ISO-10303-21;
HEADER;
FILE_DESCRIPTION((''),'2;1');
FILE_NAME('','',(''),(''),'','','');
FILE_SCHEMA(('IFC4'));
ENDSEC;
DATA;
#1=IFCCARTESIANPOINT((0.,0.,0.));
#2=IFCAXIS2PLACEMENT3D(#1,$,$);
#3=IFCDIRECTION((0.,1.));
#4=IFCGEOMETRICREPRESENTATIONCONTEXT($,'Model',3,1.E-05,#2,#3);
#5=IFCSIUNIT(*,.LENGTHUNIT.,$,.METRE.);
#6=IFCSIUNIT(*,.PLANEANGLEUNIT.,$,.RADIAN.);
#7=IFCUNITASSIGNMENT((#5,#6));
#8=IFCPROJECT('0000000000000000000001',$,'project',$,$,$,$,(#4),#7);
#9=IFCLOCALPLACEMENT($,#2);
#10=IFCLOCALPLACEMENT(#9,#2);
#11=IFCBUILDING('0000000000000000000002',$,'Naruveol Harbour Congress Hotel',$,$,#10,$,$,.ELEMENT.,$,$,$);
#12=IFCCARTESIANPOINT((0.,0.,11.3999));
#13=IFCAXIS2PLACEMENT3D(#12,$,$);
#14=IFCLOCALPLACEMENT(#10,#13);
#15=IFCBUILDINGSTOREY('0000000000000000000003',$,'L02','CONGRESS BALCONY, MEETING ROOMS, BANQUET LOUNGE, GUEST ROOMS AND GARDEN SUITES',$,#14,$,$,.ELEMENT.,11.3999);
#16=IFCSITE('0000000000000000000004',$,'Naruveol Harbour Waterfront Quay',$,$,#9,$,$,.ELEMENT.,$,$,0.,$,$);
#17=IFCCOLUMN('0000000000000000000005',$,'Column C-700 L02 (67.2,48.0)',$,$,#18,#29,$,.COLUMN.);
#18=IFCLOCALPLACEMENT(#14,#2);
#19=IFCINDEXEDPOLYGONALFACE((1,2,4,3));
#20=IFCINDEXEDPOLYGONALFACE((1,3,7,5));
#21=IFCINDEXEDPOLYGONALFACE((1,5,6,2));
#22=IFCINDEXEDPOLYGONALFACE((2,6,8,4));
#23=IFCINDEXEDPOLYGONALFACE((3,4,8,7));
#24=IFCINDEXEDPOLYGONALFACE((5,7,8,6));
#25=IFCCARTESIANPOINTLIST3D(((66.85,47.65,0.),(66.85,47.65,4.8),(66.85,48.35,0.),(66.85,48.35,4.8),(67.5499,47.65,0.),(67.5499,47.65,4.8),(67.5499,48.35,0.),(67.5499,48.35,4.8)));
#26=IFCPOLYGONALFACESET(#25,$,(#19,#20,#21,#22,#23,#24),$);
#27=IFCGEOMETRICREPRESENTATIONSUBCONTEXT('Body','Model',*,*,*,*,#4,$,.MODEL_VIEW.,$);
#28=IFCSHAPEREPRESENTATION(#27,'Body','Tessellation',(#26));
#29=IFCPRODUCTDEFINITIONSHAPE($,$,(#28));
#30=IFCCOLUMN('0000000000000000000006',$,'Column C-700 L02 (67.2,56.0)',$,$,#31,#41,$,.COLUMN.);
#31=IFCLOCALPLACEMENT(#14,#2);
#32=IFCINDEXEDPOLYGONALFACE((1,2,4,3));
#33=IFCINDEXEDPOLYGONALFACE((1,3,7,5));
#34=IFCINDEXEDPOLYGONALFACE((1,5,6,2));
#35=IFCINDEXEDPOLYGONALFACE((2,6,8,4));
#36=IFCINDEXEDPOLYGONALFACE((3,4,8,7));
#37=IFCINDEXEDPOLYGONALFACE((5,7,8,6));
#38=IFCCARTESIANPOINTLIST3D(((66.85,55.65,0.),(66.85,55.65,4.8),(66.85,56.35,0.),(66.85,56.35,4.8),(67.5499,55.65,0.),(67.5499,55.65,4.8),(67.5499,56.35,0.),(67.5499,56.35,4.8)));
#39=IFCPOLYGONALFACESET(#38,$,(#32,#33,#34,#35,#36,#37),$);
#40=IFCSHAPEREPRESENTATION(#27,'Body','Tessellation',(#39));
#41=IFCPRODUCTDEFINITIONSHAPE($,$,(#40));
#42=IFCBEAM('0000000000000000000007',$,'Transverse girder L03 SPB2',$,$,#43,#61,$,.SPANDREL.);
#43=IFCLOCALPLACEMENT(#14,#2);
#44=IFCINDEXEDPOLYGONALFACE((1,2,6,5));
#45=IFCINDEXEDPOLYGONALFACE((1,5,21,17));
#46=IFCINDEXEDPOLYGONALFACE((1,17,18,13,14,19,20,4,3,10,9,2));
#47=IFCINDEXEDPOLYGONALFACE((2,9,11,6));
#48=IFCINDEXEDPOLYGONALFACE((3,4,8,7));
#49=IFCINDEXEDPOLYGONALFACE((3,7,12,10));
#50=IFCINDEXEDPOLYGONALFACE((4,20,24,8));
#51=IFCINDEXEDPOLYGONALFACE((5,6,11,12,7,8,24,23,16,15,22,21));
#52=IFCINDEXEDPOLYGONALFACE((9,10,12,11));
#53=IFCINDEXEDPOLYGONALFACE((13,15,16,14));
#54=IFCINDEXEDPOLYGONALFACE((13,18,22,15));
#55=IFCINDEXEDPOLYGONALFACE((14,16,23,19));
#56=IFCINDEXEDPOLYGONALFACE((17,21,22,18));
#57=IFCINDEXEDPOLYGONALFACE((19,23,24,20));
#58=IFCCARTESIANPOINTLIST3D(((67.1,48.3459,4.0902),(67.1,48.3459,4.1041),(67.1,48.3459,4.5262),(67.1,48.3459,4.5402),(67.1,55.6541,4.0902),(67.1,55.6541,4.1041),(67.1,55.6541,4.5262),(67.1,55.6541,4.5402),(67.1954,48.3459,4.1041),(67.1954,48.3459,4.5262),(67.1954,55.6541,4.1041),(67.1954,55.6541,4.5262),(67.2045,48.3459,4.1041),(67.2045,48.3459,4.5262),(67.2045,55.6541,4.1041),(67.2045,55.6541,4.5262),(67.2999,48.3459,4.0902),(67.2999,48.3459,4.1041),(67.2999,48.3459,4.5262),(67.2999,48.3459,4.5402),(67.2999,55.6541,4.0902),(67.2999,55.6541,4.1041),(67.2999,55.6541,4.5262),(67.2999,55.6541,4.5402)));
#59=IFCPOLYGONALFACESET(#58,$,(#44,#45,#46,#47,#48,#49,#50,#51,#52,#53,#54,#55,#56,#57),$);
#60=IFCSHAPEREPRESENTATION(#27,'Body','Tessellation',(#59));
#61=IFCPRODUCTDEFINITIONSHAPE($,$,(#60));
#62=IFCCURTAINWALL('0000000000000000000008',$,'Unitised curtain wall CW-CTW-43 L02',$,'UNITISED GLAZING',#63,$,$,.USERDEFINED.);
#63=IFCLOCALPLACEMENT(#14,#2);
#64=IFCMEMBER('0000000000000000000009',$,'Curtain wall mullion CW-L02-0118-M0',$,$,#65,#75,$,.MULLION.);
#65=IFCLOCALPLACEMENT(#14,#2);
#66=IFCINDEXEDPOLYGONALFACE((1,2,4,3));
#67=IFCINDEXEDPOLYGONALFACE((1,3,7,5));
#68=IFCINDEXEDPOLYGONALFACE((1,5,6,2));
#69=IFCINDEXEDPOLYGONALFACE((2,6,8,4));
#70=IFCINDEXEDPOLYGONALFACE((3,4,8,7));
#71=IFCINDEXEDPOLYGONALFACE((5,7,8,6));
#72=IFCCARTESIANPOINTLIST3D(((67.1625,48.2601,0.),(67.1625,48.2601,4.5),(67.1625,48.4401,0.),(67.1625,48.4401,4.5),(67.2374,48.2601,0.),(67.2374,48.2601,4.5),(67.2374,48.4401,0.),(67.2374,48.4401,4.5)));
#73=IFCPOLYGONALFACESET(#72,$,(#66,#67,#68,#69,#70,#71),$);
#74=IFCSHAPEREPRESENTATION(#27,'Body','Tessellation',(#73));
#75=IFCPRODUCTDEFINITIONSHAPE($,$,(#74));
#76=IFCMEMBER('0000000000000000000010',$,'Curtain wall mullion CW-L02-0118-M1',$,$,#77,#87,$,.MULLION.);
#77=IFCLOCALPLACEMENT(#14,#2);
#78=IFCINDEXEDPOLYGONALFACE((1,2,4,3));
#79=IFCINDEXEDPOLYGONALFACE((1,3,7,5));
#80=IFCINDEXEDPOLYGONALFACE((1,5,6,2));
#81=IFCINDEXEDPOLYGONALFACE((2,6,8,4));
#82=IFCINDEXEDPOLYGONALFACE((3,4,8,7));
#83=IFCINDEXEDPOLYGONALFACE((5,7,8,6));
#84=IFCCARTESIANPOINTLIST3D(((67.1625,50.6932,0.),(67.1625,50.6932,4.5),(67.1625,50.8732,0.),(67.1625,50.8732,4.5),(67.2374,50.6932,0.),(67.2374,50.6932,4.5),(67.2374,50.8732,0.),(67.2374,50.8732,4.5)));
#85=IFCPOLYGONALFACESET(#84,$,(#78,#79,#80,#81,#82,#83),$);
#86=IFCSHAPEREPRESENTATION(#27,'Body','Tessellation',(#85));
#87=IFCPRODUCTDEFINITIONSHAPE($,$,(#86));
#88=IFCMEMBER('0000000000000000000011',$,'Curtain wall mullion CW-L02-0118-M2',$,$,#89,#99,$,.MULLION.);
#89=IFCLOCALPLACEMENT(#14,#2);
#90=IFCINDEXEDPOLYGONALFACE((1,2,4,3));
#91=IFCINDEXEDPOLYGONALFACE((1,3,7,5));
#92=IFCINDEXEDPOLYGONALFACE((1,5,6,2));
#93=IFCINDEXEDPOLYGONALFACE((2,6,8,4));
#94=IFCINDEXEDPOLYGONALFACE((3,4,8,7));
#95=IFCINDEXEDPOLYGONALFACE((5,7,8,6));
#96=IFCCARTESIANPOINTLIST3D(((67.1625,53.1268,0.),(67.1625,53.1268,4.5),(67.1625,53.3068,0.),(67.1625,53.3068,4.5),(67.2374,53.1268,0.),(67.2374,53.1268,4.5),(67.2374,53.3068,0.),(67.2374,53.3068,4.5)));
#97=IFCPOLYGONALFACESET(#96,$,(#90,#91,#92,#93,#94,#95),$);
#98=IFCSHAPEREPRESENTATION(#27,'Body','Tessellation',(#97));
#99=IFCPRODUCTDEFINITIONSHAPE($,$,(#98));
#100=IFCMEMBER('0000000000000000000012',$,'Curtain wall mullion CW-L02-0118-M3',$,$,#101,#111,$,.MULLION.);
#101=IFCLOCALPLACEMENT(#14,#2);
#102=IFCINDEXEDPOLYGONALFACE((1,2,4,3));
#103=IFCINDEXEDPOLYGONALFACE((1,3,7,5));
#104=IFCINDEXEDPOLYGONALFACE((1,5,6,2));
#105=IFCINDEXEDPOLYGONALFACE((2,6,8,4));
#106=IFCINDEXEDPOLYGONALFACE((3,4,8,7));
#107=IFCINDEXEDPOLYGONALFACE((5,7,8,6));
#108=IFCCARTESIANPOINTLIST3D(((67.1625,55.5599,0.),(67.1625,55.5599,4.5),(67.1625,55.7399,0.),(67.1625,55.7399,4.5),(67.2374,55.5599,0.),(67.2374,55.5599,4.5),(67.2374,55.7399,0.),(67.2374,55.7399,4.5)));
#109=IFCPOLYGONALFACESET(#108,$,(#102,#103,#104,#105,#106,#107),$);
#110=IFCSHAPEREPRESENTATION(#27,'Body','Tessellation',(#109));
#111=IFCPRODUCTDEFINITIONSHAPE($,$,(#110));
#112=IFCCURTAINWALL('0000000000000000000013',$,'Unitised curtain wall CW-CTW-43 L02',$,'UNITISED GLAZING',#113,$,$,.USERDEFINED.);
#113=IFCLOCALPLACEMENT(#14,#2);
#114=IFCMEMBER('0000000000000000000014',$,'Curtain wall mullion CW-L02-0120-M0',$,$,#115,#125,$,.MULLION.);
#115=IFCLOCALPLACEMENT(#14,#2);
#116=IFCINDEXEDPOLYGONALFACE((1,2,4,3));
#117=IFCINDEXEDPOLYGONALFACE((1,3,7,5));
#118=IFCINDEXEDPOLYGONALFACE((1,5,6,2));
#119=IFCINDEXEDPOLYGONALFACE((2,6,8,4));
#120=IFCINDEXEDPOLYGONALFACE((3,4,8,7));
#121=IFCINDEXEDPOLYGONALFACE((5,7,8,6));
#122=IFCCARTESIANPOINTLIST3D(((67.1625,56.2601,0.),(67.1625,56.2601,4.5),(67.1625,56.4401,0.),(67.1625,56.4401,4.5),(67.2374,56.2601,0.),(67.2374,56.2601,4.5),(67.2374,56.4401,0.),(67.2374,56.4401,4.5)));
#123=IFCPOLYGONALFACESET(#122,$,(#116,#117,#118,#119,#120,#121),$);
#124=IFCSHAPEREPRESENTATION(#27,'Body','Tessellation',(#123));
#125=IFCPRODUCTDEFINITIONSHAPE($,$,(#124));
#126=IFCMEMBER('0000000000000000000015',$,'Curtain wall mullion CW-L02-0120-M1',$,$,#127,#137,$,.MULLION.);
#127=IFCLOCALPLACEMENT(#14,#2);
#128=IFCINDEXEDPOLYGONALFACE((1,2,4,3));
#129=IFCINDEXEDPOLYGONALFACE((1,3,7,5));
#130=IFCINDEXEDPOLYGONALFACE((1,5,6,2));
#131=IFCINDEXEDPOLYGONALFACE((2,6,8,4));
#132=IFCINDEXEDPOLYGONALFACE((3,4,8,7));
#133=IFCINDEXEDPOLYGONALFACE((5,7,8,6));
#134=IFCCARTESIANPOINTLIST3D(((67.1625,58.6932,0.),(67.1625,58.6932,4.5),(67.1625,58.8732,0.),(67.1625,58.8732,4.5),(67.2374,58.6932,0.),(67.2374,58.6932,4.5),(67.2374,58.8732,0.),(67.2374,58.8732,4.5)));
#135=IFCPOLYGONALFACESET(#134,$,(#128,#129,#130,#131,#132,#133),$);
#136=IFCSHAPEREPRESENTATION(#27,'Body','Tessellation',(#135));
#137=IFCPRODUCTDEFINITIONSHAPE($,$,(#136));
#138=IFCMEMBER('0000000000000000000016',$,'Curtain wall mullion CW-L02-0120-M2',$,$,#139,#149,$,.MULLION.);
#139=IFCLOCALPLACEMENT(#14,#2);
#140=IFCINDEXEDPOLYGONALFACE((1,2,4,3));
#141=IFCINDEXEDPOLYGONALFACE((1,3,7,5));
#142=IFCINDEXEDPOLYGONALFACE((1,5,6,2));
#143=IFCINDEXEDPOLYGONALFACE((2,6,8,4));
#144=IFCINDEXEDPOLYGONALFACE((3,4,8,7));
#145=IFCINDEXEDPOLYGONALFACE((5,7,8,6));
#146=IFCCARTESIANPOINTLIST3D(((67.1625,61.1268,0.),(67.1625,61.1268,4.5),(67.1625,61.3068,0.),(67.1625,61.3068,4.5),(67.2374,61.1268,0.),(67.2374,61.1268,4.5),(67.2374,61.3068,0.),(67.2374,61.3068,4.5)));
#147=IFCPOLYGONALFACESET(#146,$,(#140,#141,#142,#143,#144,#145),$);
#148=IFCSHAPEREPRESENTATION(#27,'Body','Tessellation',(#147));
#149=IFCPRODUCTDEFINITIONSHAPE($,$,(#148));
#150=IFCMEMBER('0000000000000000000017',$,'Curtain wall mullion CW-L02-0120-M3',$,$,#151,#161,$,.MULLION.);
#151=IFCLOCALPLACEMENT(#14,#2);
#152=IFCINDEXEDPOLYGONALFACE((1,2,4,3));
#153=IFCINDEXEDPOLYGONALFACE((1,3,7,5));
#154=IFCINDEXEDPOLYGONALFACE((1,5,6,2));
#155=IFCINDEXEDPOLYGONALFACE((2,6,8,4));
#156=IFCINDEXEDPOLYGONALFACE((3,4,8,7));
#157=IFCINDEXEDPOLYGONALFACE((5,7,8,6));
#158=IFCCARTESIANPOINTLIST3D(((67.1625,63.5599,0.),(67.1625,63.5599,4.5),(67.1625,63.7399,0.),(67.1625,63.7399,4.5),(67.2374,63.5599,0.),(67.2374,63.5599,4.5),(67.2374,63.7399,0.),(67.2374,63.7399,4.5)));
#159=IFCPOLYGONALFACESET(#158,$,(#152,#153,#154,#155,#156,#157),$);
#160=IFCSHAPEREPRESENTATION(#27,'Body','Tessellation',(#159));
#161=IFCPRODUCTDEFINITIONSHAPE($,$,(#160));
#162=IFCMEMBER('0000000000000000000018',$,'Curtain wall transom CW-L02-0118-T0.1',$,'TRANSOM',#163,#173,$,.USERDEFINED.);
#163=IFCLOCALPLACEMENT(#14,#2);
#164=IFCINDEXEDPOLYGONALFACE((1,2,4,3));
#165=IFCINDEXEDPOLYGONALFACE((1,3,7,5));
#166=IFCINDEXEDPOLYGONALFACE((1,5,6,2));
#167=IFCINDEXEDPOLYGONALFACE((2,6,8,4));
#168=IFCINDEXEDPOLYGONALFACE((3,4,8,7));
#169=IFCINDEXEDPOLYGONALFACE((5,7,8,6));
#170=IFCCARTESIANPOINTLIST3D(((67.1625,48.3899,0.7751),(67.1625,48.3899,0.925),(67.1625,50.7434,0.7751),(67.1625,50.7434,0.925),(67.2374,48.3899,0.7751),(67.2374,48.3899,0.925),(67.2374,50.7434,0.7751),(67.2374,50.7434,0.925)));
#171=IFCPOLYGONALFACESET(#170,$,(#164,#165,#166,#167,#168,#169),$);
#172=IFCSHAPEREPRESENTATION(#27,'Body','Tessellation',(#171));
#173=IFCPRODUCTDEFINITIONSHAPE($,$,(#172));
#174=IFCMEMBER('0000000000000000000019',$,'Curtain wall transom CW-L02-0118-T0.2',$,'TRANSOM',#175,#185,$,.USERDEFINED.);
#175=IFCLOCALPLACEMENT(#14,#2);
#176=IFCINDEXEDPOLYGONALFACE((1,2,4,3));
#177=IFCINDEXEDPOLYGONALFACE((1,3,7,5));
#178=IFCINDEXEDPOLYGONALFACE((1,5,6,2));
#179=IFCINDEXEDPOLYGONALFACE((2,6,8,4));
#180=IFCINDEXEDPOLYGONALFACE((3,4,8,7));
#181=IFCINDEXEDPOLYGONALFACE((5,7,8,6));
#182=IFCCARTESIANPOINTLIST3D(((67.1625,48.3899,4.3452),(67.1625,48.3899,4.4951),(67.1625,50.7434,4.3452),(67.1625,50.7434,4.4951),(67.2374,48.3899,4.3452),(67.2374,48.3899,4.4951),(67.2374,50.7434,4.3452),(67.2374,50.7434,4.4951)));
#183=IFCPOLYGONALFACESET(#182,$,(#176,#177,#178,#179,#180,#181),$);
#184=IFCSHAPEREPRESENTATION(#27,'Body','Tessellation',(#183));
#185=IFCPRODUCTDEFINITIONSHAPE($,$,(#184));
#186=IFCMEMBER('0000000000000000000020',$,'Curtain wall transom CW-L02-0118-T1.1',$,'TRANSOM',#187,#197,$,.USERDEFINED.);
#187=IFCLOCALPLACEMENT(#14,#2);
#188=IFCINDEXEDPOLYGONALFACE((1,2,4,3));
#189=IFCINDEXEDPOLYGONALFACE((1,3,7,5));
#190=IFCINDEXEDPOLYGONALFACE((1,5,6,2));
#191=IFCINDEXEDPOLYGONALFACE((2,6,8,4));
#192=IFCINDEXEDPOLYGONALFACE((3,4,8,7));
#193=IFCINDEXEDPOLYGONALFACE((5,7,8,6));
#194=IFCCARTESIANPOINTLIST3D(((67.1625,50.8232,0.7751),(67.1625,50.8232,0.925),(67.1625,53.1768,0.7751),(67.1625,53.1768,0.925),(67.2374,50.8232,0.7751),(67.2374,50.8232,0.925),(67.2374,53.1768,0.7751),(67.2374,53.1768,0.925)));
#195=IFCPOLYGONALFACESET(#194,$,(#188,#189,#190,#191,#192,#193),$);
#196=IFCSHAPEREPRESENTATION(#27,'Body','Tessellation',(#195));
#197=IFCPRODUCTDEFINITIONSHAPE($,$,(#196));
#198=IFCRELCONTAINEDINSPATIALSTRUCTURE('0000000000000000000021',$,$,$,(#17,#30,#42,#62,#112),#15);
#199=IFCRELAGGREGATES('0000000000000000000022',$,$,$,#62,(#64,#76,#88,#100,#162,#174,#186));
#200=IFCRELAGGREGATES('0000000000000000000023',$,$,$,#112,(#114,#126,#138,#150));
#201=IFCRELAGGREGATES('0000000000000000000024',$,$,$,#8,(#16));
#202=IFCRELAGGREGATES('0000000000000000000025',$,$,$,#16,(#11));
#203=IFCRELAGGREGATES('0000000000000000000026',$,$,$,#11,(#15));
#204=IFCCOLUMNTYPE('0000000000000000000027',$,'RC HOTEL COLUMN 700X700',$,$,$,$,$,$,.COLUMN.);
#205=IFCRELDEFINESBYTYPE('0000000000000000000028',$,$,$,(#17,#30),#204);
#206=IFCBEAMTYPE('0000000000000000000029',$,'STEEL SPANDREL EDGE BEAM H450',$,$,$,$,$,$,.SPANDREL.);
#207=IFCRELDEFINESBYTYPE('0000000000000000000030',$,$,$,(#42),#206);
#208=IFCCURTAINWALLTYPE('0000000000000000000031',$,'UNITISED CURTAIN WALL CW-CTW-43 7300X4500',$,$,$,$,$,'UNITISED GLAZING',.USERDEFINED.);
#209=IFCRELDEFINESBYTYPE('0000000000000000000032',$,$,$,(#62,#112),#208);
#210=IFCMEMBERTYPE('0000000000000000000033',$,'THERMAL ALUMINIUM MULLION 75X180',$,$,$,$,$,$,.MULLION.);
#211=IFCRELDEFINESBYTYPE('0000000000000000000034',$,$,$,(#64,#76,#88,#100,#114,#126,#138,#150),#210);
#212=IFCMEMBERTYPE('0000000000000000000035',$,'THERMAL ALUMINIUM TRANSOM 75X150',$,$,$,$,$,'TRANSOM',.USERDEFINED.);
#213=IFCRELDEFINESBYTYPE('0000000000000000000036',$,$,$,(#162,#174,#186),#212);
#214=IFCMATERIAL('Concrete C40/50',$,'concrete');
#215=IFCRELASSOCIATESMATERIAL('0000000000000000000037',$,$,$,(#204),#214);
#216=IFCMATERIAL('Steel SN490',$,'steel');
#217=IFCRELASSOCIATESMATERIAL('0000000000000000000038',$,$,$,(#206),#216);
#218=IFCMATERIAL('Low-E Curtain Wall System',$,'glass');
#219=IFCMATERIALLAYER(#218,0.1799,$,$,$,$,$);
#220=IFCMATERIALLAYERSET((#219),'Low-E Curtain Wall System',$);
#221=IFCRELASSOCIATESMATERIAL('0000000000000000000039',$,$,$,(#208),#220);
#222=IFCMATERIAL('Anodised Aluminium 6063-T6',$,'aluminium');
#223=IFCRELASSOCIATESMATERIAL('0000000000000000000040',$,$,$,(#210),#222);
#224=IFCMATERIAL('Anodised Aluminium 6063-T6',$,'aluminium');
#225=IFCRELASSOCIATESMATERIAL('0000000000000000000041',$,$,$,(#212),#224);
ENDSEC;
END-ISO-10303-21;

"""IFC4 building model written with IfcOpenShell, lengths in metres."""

from ifc_helpers import new_model, si_unit, direction, frame, origin, origin_2d, place, context, subcontext, project, spatial, rectangle, i_section, extrude, material, layer, layer_set, material_profile, profile_set, type_object, element, aggregate, save


model = new_model("IFC4")

# Units and contexts
model_context = context("Model", 3, precision=1e-05, world=origin(), true_north=direction((0.0, 1.0)))
body_context = subcontext(model_context, "Body", "Model", "MODEL_VIEW")
ifc_project = project(units=[si_unit("LENGTHUNIT", "METRE"), si_unit("PLANEANGLEUNIT", "RADIAN")], contexts=[model_context])

# Site, building, storey
site_placement = place(None, origin())
site = spatial("IfcSite", under=ifc_project, at=site_placement, Name="Naruveol Harbour Waterfront Quay", CompositionType="ELEMENT", RefElevation=0.0)
building_placement = place(site_placement, origin())
building = spatial("IfcBuilding", under=site, at=building_placement, Name="Naruveol Harbour Congress Hotel", CompositionType="ELEMENT")
storey_placement = place(building_placement, frame((0.0, 0.0, 11.3999)))
storey = spatial("IfcBuildingStorey", under=building, at=storey_placement, Name="L02", Description="CONGRESS BALCONY, MEETING ROOMS, BANQUET LOUNGE, GUEST ROOMS AND GARDEN SUITES", CompositionType="ELEMENT", Elevation=11.3999)

# Columns
ifc_material_1 = material(Name="Concrete C40/50", Category="concrete")
ifc_material_profile_1 = material_profile(ifc_material_1, rectangle(XDim=0.7, YDim=0.7, at=origin_2d()), Name="RC-700x700")
ifc_profile_set_1 = profile_set([ifc_material_profile_1], Name="Concrete C40/50")
column_type = type_object("IfcColumnType", Name="RC HOTEL COLUMN 700X700", PredefinedType="COLUMN", material=ifc_profile_set_1)
for number, where, z_axis, x_axis, name in (
    (1, (67.2, 48.0, 0.0), (0.0, 0.0, 1.0), (1.0, 0.0, 0.0), "Column C-700 L02 (67.2,48.0)"),
    (2, (67.2, 56.0, 0.0), (0.0, 0.0, 1.0), (1.0, 0.0, 0.0), "Column C-700 L02 (67.2,56.0)"),
):
    element("IfcColumn", number, at=place(storey_placement, frame(where, z_axis=z_axis, x_axis=x_axis)), inside=storey, type_object=column_type, Name=name, PredefinedType="COLUMN", context=body_context, shape_type="SweptSolid", body=[
        extrude(rectangle(XDim=0.7, YDim=0.7, at=origin_2d()), origin(), (0.0, 0.0, 1.0), 4.8),
    ])

# Beam
ifc_material_2 = material(Name="Steel SN490", Category="steel")
ifc_material_profile_2 = material_profile(ifc_material_2, i_section(OverallWidth=0.2, OverallDepth=0.45, WebThickness=0.009, FlangeThickness=0.0139, at=origin_2d()), Name="H-450x200x9x14")
ifc_profile_set_2 = profile_set([ifc_material_profile_2], Name="Steel SN490")
beam_type = type_object("IfcBeamType", Name="STEEL SPANDREL EDGE BEAM H450", PredefinedType="SPANDREL", material=ifc_profile_set_2)
beam_placement = place(storey_placement, frame((67.2, 48.3459, 4.3152), z_axis=(0.0, 1.0, 0.0), x_axis=(-1.0, 0.0, 0.0)))
element("IfcBeam", 3, at=beam_placement, inside=storey, type_object=beam_type, Name="Transverse girder L03 SPB2", PredefinedType="SPANDREL", context=body_context, shape_type="SweptSolid", body=[
    extrude(i_section(OverallWidth=0.2, OverallDepth=0.45, WebThickness=0.009, FlangeThickness=0.0139, at=origin_2d()), origin(), (0.0, 0.0, 1.0), 7.3081),
])

# Curtain walls, members
ifc_material_3 = material(Name="Low-E Curtain Wall System", Category="glass")
ifc_layer_1 = layer(ifc_material_3, 0.1799)
ifc_layer_set_1 = layer_set([ifc_layer_1], Name="Low-E Curtain Wall System")
curtain_wall_type_1 = type_object("IfcCurtainWallType", Name="UNITISED CURTAIN WALL CW-CTW-43 7300X4500", ElementType="UNITISED GLAZING", PredefinedType="USERDEFINED", material=ifc_layer_set_1)
curtain_wall_1_placement = place(storey_placement, origin())
curtain_wall_1 = element("IfcCurtainWall", 4, at=curtain_wall_1_placement, inside=storey, type_object=curtain_wall_type_1, Name="Unitised curtain wall CW-CTW-43 L02", ObjectType="UNITISED GLAZING", PredefinedType="USERDEFINED")
ifc_material_4 = material(Name="Anodised Aluminium 6063-T6", Category="aluminium")
ifc_material_profile_3 = material_profile(ifc_material_4, rectangle(XDim=0.075, YDim=0.1799, at=origin_2d()), Name="ALU-75x180")
ifc_profile_set_3 = profile_set([ifc_material_profile_3], Name="Anodised Aluminium 6063-T6")
member_type_1 = type_object("IfcMemberType", Name="THERMAL ALUMINIUM MULLION 75X180", PredefinedType="MULLION", material=ifc_profile_set_3)
member_1_placement = place(storey_placement, frame((67.2, 48.3501, 0.0), z_axis=(0.0, 0.0, 1.0), x_axis=(1.0, 0.0, 0.0)))
member_1 = element("IfcMember", 5, at=member_1_placement, type_object=member_type_1, Name="Curtain wall mullion CW-L02-0118-M0", PredefinedType="MULLION", context=body_context, shape_type="SweptSolid", body=[
    extrude(rectangle(XDim=0.075, YDim=0.1799, at=origin_2d()), origin(), (0.0, 0.0, 1.0), 4.5),
])
member_2_placement = place(storey_placement, frame((67.2, 50.7832, 0.0), z_axis=(0.0, 0.0, 1.0), x_axis=(1.0, 0.0, 0.0)))
member_2 = element("IfcMember", 6, at=member_2_placement, type_object=member_type_1, Name="Curtain wall mullion CW-L02-0118-M1", PredefinedType="MULLION", context=body_context, shape_type="SweptSolid", body=[
    extrude(rectangle(XDim=0.075, YDim=0.1799, at=origin_2d()), origin(), (0.0, 0.0, 1.0), 4.5),
])
member_3_placement = place(storey_placement, frame((67.2, 53.2168, 0.0), z_axis=(0.0, 0.0, 1.0), x_axis=(1.0, 0.0, 0.0)))
member_3 = element("IfcMember", 7, at=member_3_placement, type_object=member_type_1, Name="Curtain wall mullion CW-L02-0118-M2", PredefinedType="MULLION", context=body_context, shape_type="SweptSolid", body=[
    extrude(rectangle(XDim=0.075, YDim=0.1799, at=origin_2d()), origin(), (0.0, 0.0, 1.0), 4.5),
])
member_4_placement = place(storey_placement, frame((67.2, 55.6499, 0.0), z_axis=(0.0, 0.0, 1.0), x_axis=(1.0, 0.0, 0.0)))
member_4 = element("IfcMember", 8, at=member_4_placement, type_object=member_type_1, Name="Curtain wall mullion CW-L02-0118-M3", PredefinedType="MULLION", context=body_context, shape_type="SweptSolid", body=[
    extrude(rectangle(XDim=0.075, YDim=0.1799, at=origin_2d()), origin(), (0.0, 0.0, 1.0), 4.5),
])
curtain_wall_2_placement = place(storey_placement, origin())
curtain_wall_2 = element("IfcCurtainWall", 9, at=curtain_wall_2_placement, inside=storey, type_object=curtain_wall_type_1, Name="Unitised curtain wall CW-CTW-43 L02", ObjectType="UNITISED GLAZING", PredefinedType="USERDEFINED")
member_5_placement = place(storey_placement, frame((67.2, 56.3501, 0.0), z_axis=(0.0, 0.0, 1.0), x_axis=(1.0, 0.0, 0.0)))
member_5 = element("IfcMember", 10, at=member_5_placement, type_object=member_type_1, Name="Curtain wall mullion CW-L02-0120-M0", PredefinedType="MULLION", context=body_context, shape_type="SweptSolid", body=[
    extrude(rectangle(XDim=0.075, YDim=0.1799, at=origin_2d()), origin(), (0.0, 0.0, 1.0), 4.5),
])
member_6_placement = place(storey_placement, frame((67.2, 58.7832, 0.0), z_axis=(0.0, 0.0, 1.0), x_axis=(1.0, 0.0, 0.0)))
member_6 = element("IfcMember", 11, at=member_6_placement, type_object=member_type_1, Name="Curtain wall mullion CW-L02-0120-M1", PredefinedType="MULLION", context=body_context, shape_type="SweptSolid", body=[
    extrude(rectangle(XDim=0.075, YDim=0.1799, at=origin_2d()), origin(), (0.0, 0.0, 1.0), 4.5),
])
member_7_placement = place(storey_placement, frame((67.2, 61.2168, 0.0), z_axis=(0.0, 0.0, 1.0), x_axis=(1.0, 0.0, 0.0)))
member_7 = element("IfcMember", 12, at=member_7_placement, type_object=member_type_1, Name="Curtain wall mullion CW-L02-0120-M2", PredefinedType="MULLION", context=body_context, shape_type="SweptSolid", body=[
    extrude(rectangle(XDim=0.075, YDim=0.1799, at=origin_2d()), origin(), (0.0, 0.0, 1.0), 4.5),
])
member_8_placement = place(storey_placement, frame((67.2, 63.6499, 0.0), z_axis=(0.0, 0.0, 1.0), x_axis=(1.0, 0.0, 0.0)))
member_8 = element("IfcMember", 13, at=member_8_placement, type_object=member_type_1, Name="Curtain wall mullion CW-L02-0120-M3", PredefinedType="MULLION", context=body_context, shape_type="SweptSolid", body=[
    extrude(rectangle(XDim=0.075, YDim=0.1799, at=origin_2d()), origin(), (0.0, 0.0, 1.0), 4.5),
])

# Members
ifc_material_5 = material(Name="Anodised Aluminium 6063-T6", Category="aluminium")
ifc_material_profile_4 = material_profile(ifc_material_5, rectangle(XDim=0.075, YDim=0.1499, at=origin_2d()), Name="ALU-75x150")
ifc_profile_set_4 = profile_set([ifc_material_profile_4], Name="Anodised Aluminium 6063-T6")
member_type_2 = type_object("IfcMemberType", Name="THERMAL ALUMINIUM TRANSOM 75X150", ElementType="TRANSOM", PredefinedType="USERDEFINED", material=ifc_profile_set_4)
member_9_placement = place(storey_placement, frame((67.2, 48.3899, 0.8501), z_axis=(0.0, 1.0, 0.0), x_axis=(-1.0, 0.0, 0.0)))
member_9 = element("IfcMember", 14, at=member_9_placement, type_object=member_type_2, Name="Curtain wall transom CW-L02-0118-T0.1", ObjectType="TRANSOM", PredefinedType="USERDEFINED", context=body_context, shape_type="SweptSolid", body=[
    extrude(rectangle(XDim=0.075, YDim=0.1499, at=origin_2d()), origin(), (0.0, 0.0, 1.0), 2.3535),
])
member_10_placement = place(storey_placement, frame((67.2, 48.3899, 4.4202), z_axis=(0.0, 1.0, 0.0), x_axis=(-1.0, 0.0, 0.0)))
member_10 = element("IfcMember", 15, at=member_10_placement, type_object=member_type_2, Name="Curtain wall transom CW-L02-0118-T0.2", ObjectType="TRANSOM", PredefinedType="USERDEFINED", context=body_context, shape_type="SweptSolid", body=[
    extrude(rectangle(XDim=0.075, YDim=0.1499, at=origin_2d()), origin(), (0.0, 0.0, 1.0), 2.3535),
])
member_11_placement = place(storey_placement, frame((67.2, 50.8232, 0.8501), z_axis=(0.0, 1.0, 0.0), x_axis=(-1.0, 0.0, 0.0)))
member_11 = element("IfcMember", 16, at=member_11_placement, type_object=member_type_2, Name="Curtain wall transom CW-L02-0118-T1.1", ObjectType="TRANSOM", PredefinedType="USERDEFINED", context=body_context, shape_type="SweptSolid", body=[
    extrude(rectangle(XDim=0.075, YDim=0.1499, at=origin_2d()), origin(), (0.0, 0.0, 1.0), 2.3535),
])
aggregate(curtain_wall_1, [member_1, member_2, member_3, member_4, member_9, member_10, member_11])
aggregate(curtain_wall_2, [member_5, member_6, member_7, member_8])

save(model, "model.ifc")
